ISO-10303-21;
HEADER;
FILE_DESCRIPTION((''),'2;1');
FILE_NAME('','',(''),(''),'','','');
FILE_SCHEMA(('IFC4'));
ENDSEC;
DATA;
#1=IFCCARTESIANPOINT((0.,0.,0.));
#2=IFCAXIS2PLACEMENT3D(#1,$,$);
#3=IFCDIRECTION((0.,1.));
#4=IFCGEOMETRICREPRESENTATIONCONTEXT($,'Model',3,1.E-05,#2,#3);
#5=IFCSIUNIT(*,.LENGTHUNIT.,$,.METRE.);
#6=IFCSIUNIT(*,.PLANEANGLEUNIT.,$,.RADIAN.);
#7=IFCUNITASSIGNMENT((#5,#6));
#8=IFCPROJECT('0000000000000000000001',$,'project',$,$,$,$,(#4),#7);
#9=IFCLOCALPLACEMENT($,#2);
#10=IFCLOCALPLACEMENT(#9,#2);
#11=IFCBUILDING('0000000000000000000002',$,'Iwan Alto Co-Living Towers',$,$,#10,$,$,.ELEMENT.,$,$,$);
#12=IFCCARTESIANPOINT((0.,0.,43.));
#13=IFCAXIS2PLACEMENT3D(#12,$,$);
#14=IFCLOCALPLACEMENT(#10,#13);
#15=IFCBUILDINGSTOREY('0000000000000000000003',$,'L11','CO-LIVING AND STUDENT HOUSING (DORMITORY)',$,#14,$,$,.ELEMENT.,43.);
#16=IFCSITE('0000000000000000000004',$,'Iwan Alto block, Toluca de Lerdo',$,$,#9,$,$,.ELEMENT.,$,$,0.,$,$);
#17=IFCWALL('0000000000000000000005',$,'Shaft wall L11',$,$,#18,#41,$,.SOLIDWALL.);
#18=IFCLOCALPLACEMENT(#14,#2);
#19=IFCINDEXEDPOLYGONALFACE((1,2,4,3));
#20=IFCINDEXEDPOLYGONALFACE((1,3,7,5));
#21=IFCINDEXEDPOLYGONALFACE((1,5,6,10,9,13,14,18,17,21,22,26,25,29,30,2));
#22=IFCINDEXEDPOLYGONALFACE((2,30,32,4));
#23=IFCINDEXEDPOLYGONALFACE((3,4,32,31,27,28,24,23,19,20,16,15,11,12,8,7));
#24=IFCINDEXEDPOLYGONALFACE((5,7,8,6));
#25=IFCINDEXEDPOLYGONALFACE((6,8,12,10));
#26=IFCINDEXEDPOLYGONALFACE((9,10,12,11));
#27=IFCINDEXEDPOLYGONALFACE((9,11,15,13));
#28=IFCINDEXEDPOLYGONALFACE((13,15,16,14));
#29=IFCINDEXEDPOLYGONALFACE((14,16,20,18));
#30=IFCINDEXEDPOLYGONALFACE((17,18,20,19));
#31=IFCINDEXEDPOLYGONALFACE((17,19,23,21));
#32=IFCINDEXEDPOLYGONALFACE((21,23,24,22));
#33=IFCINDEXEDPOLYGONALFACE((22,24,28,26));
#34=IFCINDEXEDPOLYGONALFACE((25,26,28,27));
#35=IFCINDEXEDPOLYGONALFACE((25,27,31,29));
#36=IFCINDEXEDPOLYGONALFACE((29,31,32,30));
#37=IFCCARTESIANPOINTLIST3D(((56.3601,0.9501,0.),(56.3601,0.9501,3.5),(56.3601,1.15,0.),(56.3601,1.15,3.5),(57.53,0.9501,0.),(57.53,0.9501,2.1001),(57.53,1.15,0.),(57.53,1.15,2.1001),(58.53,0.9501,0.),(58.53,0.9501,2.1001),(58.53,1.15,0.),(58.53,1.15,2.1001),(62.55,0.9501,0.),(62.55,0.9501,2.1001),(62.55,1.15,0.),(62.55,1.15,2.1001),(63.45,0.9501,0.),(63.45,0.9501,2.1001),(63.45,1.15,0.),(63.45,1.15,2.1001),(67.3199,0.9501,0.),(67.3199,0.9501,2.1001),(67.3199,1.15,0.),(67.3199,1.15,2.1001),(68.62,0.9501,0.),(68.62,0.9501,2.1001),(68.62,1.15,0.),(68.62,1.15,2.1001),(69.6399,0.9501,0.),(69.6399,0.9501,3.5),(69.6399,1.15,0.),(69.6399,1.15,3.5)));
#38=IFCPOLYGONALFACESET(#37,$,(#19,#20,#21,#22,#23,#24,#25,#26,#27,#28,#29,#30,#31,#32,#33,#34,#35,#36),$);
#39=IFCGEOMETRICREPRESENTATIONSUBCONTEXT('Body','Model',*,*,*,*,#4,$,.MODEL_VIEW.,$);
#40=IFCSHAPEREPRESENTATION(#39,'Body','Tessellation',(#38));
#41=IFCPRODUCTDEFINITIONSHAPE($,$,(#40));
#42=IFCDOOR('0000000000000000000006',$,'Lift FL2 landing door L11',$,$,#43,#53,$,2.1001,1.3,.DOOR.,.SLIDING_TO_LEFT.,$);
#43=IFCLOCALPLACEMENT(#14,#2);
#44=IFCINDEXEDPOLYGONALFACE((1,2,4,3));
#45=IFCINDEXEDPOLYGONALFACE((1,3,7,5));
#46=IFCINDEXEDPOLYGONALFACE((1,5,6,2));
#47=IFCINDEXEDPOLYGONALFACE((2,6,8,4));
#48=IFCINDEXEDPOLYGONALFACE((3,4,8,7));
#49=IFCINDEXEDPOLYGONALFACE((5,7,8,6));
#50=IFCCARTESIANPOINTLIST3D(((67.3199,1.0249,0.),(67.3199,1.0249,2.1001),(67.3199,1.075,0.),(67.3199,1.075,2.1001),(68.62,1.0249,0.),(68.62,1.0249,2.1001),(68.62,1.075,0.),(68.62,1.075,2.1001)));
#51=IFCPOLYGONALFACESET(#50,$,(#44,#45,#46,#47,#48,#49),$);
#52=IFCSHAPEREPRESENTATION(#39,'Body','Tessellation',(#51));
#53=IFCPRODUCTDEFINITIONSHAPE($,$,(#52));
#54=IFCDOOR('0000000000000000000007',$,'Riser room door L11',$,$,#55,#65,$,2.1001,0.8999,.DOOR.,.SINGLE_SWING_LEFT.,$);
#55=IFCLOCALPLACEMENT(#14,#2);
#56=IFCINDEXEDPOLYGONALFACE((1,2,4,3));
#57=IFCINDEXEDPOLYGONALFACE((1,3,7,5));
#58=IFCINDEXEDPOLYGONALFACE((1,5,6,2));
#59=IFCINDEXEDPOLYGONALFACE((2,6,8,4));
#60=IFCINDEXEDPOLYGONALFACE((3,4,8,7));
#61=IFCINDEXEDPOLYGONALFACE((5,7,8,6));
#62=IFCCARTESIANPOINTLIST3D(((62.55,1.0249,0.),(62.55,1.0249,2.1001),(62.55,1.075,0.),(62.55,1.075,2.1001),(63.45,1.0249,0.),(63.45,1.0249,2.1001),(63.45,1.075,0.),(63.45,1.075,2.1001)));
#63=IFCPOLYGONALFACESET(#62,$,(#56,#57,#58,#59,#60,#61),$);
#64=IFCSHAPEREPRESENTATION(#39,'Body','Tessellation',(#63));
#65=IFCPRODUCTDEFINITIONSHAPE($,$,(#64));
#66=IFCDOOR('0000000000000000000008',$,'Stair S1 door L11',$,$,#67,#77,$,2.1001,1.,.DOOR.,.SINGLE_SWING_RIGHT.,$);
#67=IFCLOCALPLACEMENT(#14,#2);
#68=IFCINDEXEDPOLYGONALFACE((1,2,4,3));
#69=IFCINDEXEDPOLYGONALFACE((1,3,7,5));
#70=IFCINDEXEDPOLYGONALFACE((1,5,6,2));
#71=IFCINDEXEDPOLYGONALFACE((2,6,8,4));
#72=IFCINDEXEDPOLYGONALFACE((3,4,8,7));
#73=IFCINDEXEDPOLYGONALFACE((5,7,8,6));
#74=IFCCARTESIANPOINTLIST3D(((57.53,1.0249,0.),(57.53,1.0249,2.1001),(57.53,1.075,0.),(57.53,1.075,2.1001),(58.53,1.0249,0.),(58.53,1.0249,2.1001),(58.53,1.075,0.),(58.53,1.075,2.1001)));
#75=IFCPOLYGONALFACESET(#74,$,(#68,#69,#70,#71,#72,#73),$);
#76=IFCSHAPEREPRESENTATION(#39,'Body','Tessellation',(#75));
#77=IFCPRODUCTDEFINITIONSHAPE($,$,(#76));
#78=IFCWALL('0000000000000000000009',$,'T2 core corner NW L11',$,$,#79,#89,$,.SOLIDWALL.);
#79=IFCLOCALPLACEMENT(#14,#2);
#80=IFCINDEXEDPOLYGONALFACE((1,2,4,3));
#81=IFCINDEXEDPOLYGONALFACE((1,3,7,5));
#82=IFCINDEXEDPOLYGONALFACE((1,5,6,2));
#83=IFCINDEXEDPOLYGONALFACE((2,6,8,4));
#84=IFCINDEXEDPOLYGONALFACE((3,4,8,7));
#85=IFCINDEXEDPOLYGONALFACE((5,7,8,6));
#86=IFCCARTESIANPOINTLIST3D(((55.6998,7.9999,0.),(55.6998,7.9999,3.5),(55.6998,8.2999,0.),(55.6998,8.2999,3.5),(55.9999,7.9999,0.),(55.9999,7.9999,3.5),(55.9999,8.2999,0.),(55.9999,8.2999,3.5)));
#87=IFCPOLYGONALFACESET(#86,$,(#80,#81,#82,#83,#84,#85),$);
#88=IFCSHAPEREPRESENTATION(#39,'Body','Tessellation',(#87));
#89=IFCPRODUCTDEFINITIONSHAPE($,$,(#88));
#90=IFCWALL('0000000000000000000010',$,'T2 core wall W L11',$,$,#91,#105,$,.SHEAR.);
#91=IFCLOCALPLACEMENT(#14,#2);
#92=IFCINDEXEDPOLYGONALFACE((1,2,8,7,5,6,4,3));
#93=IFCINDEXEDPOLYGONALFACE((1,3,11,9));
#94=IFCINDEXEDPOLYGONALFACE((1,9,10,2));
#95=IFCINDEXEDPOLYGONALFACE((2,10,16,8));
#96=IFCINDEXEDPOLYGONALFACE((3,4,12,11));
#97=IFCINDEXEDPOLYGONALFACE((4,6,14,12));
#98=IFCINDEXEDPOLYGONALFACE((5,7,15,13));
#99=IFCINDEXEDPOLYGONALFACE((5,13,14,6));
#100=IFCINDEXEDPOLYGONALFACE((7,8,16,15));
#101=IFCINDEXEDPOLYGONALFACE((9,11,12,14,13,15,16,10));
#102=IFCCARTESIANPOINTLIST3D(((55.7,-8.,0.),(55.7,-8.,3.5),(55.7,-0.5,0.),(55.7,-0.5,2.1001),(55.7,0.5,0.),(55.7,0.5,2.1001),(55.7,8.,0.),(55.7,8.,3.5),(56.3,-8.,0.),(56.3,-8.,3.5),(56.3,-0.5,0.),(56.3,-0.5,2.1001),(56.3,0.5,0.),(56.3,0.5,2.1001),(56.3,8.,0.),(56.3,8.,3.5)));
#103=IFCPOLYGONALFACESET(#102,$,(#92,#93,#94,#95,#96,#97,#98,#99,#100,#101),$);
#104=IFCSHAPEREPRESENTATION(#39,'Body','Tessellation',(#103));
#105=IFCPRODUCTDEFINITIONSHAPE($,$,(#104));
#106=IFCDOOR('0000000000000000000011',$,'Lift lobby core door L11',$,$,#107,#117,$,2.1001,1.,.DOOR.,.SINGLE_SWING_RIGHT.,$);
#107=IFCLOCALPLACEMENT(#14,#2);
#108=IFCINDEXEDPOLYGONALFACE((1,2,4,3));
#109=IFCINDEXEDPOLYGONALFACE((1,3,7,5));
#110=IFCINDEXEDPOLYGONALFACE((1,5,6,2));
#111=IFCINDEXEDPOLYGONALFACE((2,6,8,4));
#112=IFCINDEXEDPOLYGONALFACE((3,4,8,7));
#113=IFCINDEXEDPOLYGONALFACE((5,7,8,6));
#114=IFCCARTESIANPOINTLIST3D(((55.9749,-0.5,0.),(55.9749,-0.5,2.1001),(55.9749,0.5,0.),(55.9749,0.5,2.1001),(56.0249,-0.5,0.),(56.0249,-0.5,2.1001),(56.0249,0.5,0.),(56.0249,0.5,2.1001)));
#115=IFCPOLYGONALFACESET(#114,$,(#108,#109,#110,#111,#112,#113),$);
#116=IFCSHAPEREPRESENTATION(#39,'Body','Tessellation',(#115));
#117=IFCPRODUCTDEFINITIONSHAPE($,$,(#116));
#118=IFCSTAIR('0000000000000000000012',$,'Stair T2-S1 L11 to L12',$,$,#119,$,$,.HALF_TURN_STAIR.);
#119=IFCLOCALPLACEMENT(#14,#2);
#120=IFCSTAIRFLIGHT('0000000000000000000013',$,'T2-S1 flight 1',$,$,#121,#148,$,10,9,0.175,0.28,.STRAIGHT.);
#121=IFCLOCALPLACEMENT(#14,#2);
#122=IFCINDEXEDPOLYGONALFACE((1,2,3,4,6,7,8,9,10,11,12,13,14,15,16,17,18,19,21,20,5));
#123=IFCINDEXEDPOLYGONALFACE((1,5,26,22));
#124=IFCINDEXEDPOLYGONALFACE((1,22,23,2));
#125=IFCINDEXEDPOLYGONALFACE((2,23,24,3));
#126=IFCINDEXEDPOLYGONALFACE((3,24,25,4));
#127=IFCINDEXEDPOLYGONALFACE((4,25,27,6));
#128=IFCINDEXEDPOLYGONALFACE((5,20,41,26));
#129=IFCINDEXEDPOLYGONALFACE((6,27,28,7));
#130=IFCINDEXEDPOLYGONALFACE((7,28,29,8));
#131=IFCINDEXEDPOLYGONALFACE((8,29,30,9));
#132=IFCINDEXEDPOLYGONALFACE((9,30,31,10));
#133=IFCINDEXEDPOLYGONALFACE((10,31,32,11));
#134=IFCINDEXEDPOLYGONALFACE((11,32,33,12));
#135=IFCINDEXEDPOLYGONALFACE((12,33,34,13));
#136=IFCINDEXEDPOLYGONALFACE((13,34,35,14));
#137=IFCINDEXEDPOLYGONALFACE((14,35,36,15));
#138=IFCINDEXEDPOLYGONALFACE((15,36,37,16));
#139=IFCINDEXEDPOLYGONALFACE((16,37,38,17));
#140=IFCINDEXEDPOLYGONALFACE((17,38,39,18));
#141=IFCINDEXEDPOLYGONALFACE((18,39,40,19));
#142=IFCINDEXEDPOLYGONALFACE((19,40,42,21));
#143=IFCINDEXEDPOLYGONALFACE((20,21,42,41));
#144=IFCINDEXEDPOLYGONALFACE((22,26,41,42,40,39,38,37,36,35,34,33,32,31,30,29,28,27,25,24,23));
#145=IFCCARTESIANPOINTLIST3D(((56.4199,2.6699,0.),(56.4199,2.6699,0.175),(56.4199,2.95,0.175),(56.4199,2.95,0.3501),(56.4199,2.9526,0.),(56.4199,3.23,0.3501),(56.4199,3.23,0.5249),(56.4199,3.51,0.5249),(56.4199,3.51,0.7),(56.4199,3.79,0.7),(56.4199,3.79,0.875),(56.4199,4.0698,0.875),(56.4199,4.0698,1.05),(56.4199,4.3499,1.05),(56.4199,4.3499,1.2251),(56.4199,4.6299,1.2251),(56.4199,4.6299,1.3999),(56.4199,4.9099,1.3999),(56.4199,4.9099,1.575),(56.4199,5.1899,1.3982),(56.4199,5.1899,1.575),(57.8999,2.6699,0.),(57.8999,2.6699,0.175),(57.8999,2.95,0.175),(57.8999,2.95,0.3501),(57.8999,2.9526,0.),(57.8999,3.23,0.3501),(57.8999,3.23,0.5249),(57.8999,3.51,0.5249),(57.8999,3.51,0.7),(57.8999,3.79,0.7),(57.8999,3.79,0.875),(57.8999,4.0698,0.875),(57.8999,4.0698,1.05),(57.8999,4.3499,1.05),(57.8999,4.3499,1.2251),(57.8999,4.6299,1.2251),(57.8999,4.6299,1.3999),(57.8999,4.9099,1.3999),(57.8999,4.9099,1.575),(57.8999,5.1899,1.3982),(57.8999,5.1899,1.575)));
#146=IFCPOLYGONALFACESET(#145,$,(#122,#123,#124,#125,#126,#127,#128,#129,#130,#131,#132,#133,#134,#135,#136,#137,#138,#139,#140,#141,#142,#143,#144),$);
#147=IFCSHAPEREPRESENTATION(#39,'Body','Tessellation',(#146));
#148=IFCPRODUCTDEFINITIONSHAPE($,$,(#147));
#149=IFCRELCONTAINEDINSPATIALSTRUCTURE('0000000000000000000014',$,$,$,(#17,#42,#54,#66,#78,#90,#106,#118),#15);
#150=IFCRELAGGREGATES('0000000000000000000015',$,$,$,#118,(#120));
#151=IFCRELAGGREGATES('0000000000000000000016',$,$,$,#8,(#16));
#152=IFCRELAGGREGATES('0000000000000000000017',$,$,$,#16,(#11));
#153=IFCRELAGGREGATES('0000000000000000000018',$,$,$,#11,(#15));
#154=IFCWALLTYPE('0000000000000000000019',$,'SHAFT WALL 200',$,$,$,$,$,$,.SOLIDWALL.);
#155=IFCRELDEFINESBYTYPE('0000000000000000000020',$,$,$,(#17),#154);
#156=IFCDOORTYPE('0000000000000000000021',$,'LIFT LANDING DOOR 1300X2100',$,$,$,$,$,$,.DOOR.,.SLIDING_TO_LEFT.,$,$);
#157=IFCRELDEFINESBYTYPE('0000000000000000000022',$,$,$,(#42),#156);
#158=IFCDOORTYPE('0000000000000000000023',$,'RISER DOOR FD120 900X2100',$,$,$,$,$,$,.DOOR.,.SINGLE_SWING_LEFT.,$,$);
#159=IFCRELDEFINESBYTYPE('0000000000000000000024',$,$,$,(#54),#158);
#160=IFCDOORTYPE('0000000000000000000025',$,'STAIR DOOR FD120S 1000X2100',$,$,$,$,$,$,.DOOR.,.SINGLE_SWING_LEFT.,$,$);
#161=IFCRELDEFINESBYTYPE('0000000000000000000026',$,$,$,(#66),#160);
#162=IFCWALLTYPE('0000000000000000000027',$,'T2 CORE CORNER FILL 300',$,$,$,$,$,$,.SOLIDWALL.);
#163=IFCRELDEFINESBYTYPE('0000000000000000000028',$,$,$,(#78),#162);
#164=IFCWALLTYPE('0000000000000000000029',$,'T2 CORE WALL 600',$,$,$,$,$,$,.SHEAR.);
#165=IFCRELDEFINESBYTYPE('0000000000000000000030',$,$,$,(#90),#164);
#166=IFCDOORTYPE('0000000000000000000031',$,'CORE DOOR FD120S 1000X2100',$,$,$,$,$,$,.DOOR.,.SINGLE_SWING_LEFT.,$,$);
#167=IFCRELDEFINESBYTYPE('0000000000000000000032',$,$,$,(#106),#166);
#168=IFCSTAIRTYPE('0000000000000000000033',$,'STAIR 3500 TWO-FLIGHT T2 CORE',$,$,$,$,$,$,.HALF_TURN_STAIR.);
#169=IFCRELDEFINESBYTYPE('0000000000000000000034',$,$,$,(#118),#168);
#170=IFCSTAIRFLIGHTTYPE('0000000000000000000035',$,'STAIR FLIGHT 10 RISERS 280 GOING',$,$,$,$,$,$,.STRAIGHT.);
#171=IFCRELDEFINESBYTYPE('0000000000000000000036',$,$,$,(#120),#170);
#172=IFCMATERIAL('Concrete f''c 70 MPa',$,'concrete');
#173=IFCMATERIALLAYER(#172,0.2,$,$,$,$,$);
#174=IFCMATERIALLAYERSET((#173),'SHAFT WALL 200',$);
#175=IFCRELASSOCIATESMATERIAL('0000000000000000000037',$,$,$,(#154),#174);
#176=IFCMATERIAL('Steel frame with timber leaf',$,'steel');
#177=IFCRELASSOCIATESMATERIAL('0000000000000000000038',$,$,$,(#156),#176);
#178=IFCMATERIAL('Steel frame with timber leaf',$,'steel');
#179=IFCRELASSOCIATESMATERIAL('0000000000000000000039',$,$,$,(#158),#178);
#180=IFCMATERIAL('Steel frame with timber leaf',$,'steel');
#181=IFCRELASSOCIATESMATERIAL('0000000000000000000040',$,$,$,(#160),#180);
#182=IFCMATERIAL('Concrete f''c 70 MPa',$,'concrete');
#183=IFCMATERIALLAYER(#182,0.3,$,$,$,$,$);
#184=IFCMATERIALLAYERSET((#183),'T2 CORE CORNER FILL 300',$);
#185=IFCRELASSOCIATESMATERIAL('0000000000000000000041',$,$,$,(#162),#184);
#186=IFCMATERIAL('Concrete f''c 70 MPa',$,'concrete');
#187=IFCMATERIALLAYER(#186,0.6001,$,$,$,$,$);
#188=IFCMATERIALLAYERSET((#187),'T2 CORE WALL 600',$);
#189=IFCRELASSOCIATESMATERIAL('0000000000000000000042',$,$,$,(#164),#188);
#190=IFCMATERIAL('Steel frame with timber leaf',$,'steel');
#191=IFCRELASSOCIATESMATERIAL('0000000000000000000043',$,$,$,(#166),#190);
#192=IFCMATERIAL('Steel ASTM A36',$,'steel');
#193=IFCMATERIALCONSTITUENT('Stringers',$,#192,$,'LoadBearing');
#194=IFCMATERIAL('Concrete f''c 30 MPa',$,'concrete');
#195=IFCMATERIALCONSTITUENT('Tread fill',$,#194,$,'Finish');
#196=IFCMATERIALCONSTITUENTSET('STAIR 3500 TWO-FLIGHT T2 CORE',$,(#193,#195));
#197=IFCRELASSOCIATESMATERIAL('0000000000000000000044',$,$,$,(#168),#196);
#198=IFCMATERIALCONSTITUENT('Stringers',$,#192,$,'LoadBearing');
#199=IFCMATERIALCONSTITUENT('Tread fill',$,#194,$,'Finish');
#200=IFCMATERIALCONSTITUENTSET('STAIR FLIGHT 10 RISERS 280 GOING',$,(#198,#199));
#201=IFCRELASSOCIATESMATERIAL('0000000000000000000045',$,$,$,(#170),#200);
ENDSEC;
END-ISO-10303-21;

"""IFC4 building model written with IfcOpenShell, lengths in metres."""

from ifc_helpers import new_model, si_unit, direction, frame, frame_2d, origin, place, context, subcontext, project, spatial, polyline, rectangle, outline, extrude, material, layer, layer_set, constituent, constituent_set, type_object, element, fill, aggregate, save


model = new_model("IFC4")

# Units and contexts
model_context = context("Model", 3, precision=1e-05, world=origin(), true_north=direction((0.0, 1.0)))
body_context = subcontext(model_context, "Body", "Model", "MODEL_VIEW")
ifc_project = project(units=[si_unit("LENGTHUNIT", "METRE"), si_unit("PLANEANGLEUNIT", "RADIAN")], contexts=[model_context])

# Site, building, storey
site_placement = place(None, origin())
site = spatial("IfcSite", under=ifc_project, at=site_placement, Name="Iwan Alto block, Toluca de Lerdo", CompositionType="ELEMENT", RefElevation=0.0)
building_placement = place(site_placement, origin())
building = spatial("IfcBuilding", under=site, at=building_placement, Name="Iwan Alto Co-Living Towers", CompositionType="ELEMENT")
storey_placement = place(building_placement, frame((0.0, 0.0, 43.0)))
storey = spatial("IfcBuildingStorey", under=building, at=storey_placement, Name="L11", Description="CO-LIVING AND STUDENT HOUSING (DORMITORY)", CompositionType="ELEMENT", Elevation=43.0)

# Wall, openings, doors
ifc_material_1 = material(Name="Concrete f'c 70 MPa", Category="concrete")
ifc_layer_1 = layer(ifc_material_1, 0.2)
ifc_layer_set_1 = layer_set([ifc_layer_1], Name="SHAFT WALL 200")
wall_type_1 = type_object("IfcWallType", Name="SHAFT WALL 200", PredefinedType="SOLIDWALL", material=ifc_layer_set_1)
wall_1_placement = place(storey_placement, frame((56.3601, 1.05, 0.0), z_axis=(0.0, 0.0, 1.0), x_axis=(1.0, 0.0, 0.0)))
wall_1 = element("IfcWall", 1, at=wall_1_placement, inside=storey, type_object=wall_type_1, Name="Shaft wall L11", PredefinedType="SOLIDWALL", context=body_context, shape_type="SweptSolid", body=[
    extrude(rectangle(XDim=13.2798, YDim=0.2, at=frame_2d((6.6399, 0.0))), origin(), (0.0, 0.0, 1.0), 3.5),
])
opening_1_placement = place(wall_1_placement, frame((1.1699, 0.0, 0.0)))
opening_1 = element("IfcOpeningElement", 2, at=opening_1_placement, cuts=wall_1, PredefinedType="OPENING", context=body_context, shape_type="SweptSolid", body=[
    extrude(rectangle(XDim=1.0, YDim=2.1001, at=frame_2d((0.5, 1.05))), frame((0.0, 0.1099, 0.0), z_axis=(0.0, -1.0, 0.0), x_axis=(1.0, 0.0, 0.0)), (0.0, 0.0, 1.0), 0.22),
])
opening_2_placement = place(wall_1_placement, frame((6.1899, 0.0, 0.0)))
opening_2 = element("IfcOpeningElement", 3, at=opening_2_placement, cuts=wall_1, PredefinedType="OPENING", context=body_context, shape_type="SweptSolid", body=[
    extrude(rectangle(XDim=0.8999, YDim=2.1001, at=frame_2d((0.45, 1.05))), frame((0.0, 0.1099, 0.0), z_axis=(0.0, -1.0, 0.0), x_axis=(1.0, 0.0, 0.0)), (0.0, 0.0, 1.0), 0.22),
])
opening_3_placement = place(wall_1_placement, frame((10.96, 0.0, 0.0)))
opening_3 = element("IfcOpeningElement", 4, at=opening_3_placement, cuts=wall_1, PredefinedType="OPENING", context=body_context, shape_type="SweptSolid", body=[
    extrude(rectangle(XDim=1.3, YDim=2.1001, at=frame_2d((0.6499, 1.05))), frame((0.0, 0.1099, 0.0), z_axis=(0.0, -1.0, 0.0), x_axis=(1.0, 0.0, 0.0)), (0.0, 0.0, 1.0), 0.22),
])
ifc_material_2 = material(Name="Steel frame with timber leaf", Category="steel")
door_type_1 = type_object("IfcDoorType", Name="LIFT LANDING DOOR 1300X2100", OperationType="SLIDING_TO_LEFT", PredefinedType="DOOR", material=ifc_material_2)
door_1_placement = place(opening_3_placement, origin())
door_1 = element("IfcDoor", 5, at=door_1_placement, inside=storey, type_object=door_type_1, Name="Lift FL2 landing door L11", OperationType="SLIDING_TO_LEFT", OverallHeight=2.1001, OverallWidth=1.3, PredefinedType="DOOR", context=body_context, shape_type="SweptSolid", body=[
    extrude(rectangle(XDim=1.3, YDim=2.1001, at=frame_2d((0.6499, 1.05))), frame((0.0, 0.0249, 0.0), z_axis=(0.0, -1.0, 0.0), x_axis=(1.0, 0.0, 0.0)), (0.0, 0.0, 1.0), 0.05),
])
fill(opening_3, door_1)
ifc_material_3 = material(Name="Steel frame with timber leaf", Category="steel")
door_type_2 = type_object("IfcDoorType", Name="RISER DOOR FD120 900X2100", OperationType="SINGLE_SWING_LEFT", PredefinedType="DOOR", material=ifc_material_3)
door_2_placement = place(opening_2_placement, origin())
door_2 = element("IfcDoor", 6, at=door_2_placement, inside=storey, type_object=door_type_2, Name="Riser room door L11", OperationType="SINGLE_SWING_LEFT", OverallHeight=2.1001, OverallWidth=0.8999, PredefinedType="DOOR", context=body_context, shape_type="SweptSolid", body=[
    extrude(rectangle(XDim=0.8999, YDim=2.1001, at=frame_2d((0.45, 1.05))), frame((0.0, 0.0249, 0.0), z_axis=(0.0, -1.0, 0.0), x_axis=(1.0, 0.0, 0.0)), (0.0, 0.0, 1.0), 0.05),
])
fill(opening_2, door_2)
ifc_material_4 = material(Name="Steel frame with timber leaf", Category="steel")
door_type_3 = type_object("IfcDoorType", Name="STAIR DOOR FD120S 1000X2100", OperationType="SINGLE_SWING_LEFT", PredefinedType="DOOR", material=ifc_material_4)
door_3_placement = place(opening_1_placement, origin())
door_3 = element("IfcDoor", 7, at=door_3_placement, inside=storey, type_object=door_type_3, Name="Stair S1 door L11", OperationType="SINGLE_SWING_RIGHT", OverallHeight=2.1001, OverallWidth=1.0, PredefinedType="DOOR", context=body_context, shape_type="SweptSolid", body=[
    extrude(rectangle(XDim=1.0, YDim=2.1001, at=frame_2d((0.5, 1.05))), frame((0.0, 0.0249, 0.0), z_axis=(0.0, -1.0, 0.0), x_axis=(1.0, 0.0, 0.0)), (0.0, 0.0, 1.0), 0.05),
])
fill(opening_1, door_3)

# Wall
ifc_material_5 = material(Name="Concrete f'c 70 MPa", Category="concrete")
ifc_layer_2 = layer(ifc_material_5, 0.3)
ifc_layer_set_2 = layer_set([ifc_layer_2], Name="T2 CORE CORNER FILL 300")
wall_type_2 = type_object("IfcWallType", Name="T2 CORE CORNER FILL 300", PredefinedType="SOLIDWALL", material=ifc_layer_set_2)
wall_2_placement = place(storey_placement, frame((55.7, 8.1499, 0.0), z_axis=(0.0, 0.0, 1.0), x_axis=(1.0, 0.0, 0.0)))
element("IfcWall", 8, at=wall_2_placement, inside=storey, type_object=wall_type_2, Name="T2 core corner NW L11", PredefinedType="SOLIDWALL", context=body_context, shape_type="SweptSolid", body=[
    extrude(rectangle(XDim=0.3, YDim=0.3, at=frame_2d((0.1499, 0.0))), origin(), (0.0, 0.0, 1.0), 3.5),
])

# Wall, opening, door
ifc_material_6 = material(Name="Concrete f'c 70 MPa", Category="concrete")
ifc_layer_3 = layer(ifc_material_6, 0.6001)
ifc_layer_set_3 = layer_set([ifc_layer_3], Name="T2 CORE WALL 600")
wall_type_3 = type_object("IfcWallType", Name="T2 CORE WALL 600", PredefinedType="SHEAR", material=ifc_layer_set_3)
wall_3_placement = place(storey_placement, frame((56.0, 8.0, 0.0), z_axis=(0.0, 0.0, 1.0), x_axis=(0.0, -1.0, 0.0)))
wall_3 = element("IfcWall", 9, at=wall_3_placement, inside=storey, type_object=wall_type_3, Name="T2 core wall W L11", PredefinedType="SHEAR", context=body_context, shape_type="SweptSolid", body=[
    extrude(rectangle(XDim=16.0, YDim=0.6001, at=frame_2d((8.0, 0.0))), origin(), (0.0, 0.0, 1.0), 3.5),
])
opening_4_placement = place(wall_3_placement, frame((7.5, 0.0, 0.0)))
opening_4 = element("IfcOpeningElement", 10, at=opening_4_placement, cuts=wall_3, PredefinedType="OPENING", context=body_context, shape_type="SweptSolid", body=[
    extrude(rectangle(XDim=1.0, YDim=2.1001, at=frame_2d((0.5, 1.05))), frame((0.0, 0.3101, 0.0), z_axis=(0.0, -1.0, 0.0), x_axis=(1.0, 0.0, 0.0)), (0.0, 0.0, 1.0), 0.6201),
])
ifc_material_7 = material(Name="Steel frame with timber leaf", Category="steel")
door_type_4 = type_object("IfcDoorType", Name="CORE DOOR FD120S 1000X2100", OperationType="SINGLE_SWING_LEFT", PredefinedType="DOOR", material=ifc_material_7)
door_4_placement = place(opening_4_placement, origin())
door_4 = element("IfcDoor", 11, at=door_4_placement, inside=storey, type_object=door_type_4, Name="Lift lobby core door L11", OperationType="SINGLE_SWING_RIGHT", OverallHeight=2.1001, OverallWidth=1.0, PredefinedType="DOOR", context=body_context, shape_type="SweptSolid", body=[
    extrude(rectangle(XDim=1.0, YDim=2.1001, at=frame_2d((0.5, 1.05))), frame((0.0, 0.0249, 0.0), z_axis=(0.0, -1.0, 0.0), x_axis=(1.0, 0.0, 0.0)), (0.0, 0.0, 1.0), 0.05),
])
fill(opening_4, door_4)

# Stair, stair flight
ifc_material_8 = material(Name="Steel ASTM A36", Category="steel")
ifc_constituent_1 = constituent(ifc_material_8, Name="Stringers", Category="LoadBearing")
ifc_material_9 = material(Name="Concrete f'c 30 MPa", Category="concrete")
ifc_constituent_2 = constituent(ifc_material_9, Name="Tread fill", Category="Finish")
ifc_constituent_set_1 = constituent_set(constituents=[ifc_constituent_1, ifc_constituent_2], Name="STAIR 3500 TWO-FLIGHT T2 CORE")
stair_type = type_object("IfcStairType", Name="STAIR 3500 TWO-FLIGHT T2 CORE", PredefinedType="HALF_TURN_STAIR", material=ifc_constituent_set_1)
stair_placement = place(storey_placement, origin())
stair = element("IfcStair", 12, at=stair_placement, inside=storey, type_object=stair_type, Name="Stair T2-S1 L11 to L12", PredefinedType="HALF_TURN_STAIR")
ifc_constituent_3 = constituent(ifc_material_8, Name="Stringers", Category="LoadBearing")
ifc_constituent_4 = constituent(ifc_material_9, Name="Tread fill", Category="Finish")
ifc_constituent_set_2 = constituent_set(constituents=[ifc_constituent_3, ifc_constituent_4], Name="STAIR FLIGHT 10 RISERS 280 GOING")
stair_flight_type = type_object("IfcStairFlightType", Name="STAIR FLIGHT 10 RISERS 280 GOING", PredefinedType="STRAIGHT", material=ifc_constituent_set_2)
stair_flight_placement = place(storey_placement, frame((57.1599, 2.6699, 0.0), z_axis=(0.0, 0.0, 1.0), x_axis=(0.0, 1.0, 0.0)))
stair_flight = element("IfcStairFlight", 13, at=stair_flight_placement, type_object=stair_flight_type, Name="T2-S1 flight 1", NumberOfRisers=10, NumberOfTreads=9, PredefinedType="STRAIGHT", RiserHeight=0.175, TreadLength=0.28, context=body_context, shape_type="SweptSolid", body=[
    extrude(outline(polyline([(0.0, 0.0), (0.0, 0.175), (0.28, 0.175), (0.28, 0.3501), (0.5601, 0.3501), (0.5601, 0.5249), (0.8401, 0.5249), (0.8401, 0.7), (1.1201, 0.7), (1.1201, 0.875), (1.3999, 0.875), (1.3999, 1.05), (1.6799, 1.05), (1.6799, 1.2251), (1.96, 1.2251), (1.96, 1.3999), (2.24, 1.3999), (2.24, 1.575), (2.52, 1.575), (2.52, 1.75), (2.52, 1.3982), (0.2827, 0.0), (0.0, 0.0)])), frame((0.0, 0.74, 0.0), z_axis=(0.0, -1.0, 0.0), x_axis=(1.0, 0.0, 0.0)), (0.0, 0.0, 1.0), 1.48),
])
aggregate(stair, [stair_flight])

save(model, "model.ifc")
